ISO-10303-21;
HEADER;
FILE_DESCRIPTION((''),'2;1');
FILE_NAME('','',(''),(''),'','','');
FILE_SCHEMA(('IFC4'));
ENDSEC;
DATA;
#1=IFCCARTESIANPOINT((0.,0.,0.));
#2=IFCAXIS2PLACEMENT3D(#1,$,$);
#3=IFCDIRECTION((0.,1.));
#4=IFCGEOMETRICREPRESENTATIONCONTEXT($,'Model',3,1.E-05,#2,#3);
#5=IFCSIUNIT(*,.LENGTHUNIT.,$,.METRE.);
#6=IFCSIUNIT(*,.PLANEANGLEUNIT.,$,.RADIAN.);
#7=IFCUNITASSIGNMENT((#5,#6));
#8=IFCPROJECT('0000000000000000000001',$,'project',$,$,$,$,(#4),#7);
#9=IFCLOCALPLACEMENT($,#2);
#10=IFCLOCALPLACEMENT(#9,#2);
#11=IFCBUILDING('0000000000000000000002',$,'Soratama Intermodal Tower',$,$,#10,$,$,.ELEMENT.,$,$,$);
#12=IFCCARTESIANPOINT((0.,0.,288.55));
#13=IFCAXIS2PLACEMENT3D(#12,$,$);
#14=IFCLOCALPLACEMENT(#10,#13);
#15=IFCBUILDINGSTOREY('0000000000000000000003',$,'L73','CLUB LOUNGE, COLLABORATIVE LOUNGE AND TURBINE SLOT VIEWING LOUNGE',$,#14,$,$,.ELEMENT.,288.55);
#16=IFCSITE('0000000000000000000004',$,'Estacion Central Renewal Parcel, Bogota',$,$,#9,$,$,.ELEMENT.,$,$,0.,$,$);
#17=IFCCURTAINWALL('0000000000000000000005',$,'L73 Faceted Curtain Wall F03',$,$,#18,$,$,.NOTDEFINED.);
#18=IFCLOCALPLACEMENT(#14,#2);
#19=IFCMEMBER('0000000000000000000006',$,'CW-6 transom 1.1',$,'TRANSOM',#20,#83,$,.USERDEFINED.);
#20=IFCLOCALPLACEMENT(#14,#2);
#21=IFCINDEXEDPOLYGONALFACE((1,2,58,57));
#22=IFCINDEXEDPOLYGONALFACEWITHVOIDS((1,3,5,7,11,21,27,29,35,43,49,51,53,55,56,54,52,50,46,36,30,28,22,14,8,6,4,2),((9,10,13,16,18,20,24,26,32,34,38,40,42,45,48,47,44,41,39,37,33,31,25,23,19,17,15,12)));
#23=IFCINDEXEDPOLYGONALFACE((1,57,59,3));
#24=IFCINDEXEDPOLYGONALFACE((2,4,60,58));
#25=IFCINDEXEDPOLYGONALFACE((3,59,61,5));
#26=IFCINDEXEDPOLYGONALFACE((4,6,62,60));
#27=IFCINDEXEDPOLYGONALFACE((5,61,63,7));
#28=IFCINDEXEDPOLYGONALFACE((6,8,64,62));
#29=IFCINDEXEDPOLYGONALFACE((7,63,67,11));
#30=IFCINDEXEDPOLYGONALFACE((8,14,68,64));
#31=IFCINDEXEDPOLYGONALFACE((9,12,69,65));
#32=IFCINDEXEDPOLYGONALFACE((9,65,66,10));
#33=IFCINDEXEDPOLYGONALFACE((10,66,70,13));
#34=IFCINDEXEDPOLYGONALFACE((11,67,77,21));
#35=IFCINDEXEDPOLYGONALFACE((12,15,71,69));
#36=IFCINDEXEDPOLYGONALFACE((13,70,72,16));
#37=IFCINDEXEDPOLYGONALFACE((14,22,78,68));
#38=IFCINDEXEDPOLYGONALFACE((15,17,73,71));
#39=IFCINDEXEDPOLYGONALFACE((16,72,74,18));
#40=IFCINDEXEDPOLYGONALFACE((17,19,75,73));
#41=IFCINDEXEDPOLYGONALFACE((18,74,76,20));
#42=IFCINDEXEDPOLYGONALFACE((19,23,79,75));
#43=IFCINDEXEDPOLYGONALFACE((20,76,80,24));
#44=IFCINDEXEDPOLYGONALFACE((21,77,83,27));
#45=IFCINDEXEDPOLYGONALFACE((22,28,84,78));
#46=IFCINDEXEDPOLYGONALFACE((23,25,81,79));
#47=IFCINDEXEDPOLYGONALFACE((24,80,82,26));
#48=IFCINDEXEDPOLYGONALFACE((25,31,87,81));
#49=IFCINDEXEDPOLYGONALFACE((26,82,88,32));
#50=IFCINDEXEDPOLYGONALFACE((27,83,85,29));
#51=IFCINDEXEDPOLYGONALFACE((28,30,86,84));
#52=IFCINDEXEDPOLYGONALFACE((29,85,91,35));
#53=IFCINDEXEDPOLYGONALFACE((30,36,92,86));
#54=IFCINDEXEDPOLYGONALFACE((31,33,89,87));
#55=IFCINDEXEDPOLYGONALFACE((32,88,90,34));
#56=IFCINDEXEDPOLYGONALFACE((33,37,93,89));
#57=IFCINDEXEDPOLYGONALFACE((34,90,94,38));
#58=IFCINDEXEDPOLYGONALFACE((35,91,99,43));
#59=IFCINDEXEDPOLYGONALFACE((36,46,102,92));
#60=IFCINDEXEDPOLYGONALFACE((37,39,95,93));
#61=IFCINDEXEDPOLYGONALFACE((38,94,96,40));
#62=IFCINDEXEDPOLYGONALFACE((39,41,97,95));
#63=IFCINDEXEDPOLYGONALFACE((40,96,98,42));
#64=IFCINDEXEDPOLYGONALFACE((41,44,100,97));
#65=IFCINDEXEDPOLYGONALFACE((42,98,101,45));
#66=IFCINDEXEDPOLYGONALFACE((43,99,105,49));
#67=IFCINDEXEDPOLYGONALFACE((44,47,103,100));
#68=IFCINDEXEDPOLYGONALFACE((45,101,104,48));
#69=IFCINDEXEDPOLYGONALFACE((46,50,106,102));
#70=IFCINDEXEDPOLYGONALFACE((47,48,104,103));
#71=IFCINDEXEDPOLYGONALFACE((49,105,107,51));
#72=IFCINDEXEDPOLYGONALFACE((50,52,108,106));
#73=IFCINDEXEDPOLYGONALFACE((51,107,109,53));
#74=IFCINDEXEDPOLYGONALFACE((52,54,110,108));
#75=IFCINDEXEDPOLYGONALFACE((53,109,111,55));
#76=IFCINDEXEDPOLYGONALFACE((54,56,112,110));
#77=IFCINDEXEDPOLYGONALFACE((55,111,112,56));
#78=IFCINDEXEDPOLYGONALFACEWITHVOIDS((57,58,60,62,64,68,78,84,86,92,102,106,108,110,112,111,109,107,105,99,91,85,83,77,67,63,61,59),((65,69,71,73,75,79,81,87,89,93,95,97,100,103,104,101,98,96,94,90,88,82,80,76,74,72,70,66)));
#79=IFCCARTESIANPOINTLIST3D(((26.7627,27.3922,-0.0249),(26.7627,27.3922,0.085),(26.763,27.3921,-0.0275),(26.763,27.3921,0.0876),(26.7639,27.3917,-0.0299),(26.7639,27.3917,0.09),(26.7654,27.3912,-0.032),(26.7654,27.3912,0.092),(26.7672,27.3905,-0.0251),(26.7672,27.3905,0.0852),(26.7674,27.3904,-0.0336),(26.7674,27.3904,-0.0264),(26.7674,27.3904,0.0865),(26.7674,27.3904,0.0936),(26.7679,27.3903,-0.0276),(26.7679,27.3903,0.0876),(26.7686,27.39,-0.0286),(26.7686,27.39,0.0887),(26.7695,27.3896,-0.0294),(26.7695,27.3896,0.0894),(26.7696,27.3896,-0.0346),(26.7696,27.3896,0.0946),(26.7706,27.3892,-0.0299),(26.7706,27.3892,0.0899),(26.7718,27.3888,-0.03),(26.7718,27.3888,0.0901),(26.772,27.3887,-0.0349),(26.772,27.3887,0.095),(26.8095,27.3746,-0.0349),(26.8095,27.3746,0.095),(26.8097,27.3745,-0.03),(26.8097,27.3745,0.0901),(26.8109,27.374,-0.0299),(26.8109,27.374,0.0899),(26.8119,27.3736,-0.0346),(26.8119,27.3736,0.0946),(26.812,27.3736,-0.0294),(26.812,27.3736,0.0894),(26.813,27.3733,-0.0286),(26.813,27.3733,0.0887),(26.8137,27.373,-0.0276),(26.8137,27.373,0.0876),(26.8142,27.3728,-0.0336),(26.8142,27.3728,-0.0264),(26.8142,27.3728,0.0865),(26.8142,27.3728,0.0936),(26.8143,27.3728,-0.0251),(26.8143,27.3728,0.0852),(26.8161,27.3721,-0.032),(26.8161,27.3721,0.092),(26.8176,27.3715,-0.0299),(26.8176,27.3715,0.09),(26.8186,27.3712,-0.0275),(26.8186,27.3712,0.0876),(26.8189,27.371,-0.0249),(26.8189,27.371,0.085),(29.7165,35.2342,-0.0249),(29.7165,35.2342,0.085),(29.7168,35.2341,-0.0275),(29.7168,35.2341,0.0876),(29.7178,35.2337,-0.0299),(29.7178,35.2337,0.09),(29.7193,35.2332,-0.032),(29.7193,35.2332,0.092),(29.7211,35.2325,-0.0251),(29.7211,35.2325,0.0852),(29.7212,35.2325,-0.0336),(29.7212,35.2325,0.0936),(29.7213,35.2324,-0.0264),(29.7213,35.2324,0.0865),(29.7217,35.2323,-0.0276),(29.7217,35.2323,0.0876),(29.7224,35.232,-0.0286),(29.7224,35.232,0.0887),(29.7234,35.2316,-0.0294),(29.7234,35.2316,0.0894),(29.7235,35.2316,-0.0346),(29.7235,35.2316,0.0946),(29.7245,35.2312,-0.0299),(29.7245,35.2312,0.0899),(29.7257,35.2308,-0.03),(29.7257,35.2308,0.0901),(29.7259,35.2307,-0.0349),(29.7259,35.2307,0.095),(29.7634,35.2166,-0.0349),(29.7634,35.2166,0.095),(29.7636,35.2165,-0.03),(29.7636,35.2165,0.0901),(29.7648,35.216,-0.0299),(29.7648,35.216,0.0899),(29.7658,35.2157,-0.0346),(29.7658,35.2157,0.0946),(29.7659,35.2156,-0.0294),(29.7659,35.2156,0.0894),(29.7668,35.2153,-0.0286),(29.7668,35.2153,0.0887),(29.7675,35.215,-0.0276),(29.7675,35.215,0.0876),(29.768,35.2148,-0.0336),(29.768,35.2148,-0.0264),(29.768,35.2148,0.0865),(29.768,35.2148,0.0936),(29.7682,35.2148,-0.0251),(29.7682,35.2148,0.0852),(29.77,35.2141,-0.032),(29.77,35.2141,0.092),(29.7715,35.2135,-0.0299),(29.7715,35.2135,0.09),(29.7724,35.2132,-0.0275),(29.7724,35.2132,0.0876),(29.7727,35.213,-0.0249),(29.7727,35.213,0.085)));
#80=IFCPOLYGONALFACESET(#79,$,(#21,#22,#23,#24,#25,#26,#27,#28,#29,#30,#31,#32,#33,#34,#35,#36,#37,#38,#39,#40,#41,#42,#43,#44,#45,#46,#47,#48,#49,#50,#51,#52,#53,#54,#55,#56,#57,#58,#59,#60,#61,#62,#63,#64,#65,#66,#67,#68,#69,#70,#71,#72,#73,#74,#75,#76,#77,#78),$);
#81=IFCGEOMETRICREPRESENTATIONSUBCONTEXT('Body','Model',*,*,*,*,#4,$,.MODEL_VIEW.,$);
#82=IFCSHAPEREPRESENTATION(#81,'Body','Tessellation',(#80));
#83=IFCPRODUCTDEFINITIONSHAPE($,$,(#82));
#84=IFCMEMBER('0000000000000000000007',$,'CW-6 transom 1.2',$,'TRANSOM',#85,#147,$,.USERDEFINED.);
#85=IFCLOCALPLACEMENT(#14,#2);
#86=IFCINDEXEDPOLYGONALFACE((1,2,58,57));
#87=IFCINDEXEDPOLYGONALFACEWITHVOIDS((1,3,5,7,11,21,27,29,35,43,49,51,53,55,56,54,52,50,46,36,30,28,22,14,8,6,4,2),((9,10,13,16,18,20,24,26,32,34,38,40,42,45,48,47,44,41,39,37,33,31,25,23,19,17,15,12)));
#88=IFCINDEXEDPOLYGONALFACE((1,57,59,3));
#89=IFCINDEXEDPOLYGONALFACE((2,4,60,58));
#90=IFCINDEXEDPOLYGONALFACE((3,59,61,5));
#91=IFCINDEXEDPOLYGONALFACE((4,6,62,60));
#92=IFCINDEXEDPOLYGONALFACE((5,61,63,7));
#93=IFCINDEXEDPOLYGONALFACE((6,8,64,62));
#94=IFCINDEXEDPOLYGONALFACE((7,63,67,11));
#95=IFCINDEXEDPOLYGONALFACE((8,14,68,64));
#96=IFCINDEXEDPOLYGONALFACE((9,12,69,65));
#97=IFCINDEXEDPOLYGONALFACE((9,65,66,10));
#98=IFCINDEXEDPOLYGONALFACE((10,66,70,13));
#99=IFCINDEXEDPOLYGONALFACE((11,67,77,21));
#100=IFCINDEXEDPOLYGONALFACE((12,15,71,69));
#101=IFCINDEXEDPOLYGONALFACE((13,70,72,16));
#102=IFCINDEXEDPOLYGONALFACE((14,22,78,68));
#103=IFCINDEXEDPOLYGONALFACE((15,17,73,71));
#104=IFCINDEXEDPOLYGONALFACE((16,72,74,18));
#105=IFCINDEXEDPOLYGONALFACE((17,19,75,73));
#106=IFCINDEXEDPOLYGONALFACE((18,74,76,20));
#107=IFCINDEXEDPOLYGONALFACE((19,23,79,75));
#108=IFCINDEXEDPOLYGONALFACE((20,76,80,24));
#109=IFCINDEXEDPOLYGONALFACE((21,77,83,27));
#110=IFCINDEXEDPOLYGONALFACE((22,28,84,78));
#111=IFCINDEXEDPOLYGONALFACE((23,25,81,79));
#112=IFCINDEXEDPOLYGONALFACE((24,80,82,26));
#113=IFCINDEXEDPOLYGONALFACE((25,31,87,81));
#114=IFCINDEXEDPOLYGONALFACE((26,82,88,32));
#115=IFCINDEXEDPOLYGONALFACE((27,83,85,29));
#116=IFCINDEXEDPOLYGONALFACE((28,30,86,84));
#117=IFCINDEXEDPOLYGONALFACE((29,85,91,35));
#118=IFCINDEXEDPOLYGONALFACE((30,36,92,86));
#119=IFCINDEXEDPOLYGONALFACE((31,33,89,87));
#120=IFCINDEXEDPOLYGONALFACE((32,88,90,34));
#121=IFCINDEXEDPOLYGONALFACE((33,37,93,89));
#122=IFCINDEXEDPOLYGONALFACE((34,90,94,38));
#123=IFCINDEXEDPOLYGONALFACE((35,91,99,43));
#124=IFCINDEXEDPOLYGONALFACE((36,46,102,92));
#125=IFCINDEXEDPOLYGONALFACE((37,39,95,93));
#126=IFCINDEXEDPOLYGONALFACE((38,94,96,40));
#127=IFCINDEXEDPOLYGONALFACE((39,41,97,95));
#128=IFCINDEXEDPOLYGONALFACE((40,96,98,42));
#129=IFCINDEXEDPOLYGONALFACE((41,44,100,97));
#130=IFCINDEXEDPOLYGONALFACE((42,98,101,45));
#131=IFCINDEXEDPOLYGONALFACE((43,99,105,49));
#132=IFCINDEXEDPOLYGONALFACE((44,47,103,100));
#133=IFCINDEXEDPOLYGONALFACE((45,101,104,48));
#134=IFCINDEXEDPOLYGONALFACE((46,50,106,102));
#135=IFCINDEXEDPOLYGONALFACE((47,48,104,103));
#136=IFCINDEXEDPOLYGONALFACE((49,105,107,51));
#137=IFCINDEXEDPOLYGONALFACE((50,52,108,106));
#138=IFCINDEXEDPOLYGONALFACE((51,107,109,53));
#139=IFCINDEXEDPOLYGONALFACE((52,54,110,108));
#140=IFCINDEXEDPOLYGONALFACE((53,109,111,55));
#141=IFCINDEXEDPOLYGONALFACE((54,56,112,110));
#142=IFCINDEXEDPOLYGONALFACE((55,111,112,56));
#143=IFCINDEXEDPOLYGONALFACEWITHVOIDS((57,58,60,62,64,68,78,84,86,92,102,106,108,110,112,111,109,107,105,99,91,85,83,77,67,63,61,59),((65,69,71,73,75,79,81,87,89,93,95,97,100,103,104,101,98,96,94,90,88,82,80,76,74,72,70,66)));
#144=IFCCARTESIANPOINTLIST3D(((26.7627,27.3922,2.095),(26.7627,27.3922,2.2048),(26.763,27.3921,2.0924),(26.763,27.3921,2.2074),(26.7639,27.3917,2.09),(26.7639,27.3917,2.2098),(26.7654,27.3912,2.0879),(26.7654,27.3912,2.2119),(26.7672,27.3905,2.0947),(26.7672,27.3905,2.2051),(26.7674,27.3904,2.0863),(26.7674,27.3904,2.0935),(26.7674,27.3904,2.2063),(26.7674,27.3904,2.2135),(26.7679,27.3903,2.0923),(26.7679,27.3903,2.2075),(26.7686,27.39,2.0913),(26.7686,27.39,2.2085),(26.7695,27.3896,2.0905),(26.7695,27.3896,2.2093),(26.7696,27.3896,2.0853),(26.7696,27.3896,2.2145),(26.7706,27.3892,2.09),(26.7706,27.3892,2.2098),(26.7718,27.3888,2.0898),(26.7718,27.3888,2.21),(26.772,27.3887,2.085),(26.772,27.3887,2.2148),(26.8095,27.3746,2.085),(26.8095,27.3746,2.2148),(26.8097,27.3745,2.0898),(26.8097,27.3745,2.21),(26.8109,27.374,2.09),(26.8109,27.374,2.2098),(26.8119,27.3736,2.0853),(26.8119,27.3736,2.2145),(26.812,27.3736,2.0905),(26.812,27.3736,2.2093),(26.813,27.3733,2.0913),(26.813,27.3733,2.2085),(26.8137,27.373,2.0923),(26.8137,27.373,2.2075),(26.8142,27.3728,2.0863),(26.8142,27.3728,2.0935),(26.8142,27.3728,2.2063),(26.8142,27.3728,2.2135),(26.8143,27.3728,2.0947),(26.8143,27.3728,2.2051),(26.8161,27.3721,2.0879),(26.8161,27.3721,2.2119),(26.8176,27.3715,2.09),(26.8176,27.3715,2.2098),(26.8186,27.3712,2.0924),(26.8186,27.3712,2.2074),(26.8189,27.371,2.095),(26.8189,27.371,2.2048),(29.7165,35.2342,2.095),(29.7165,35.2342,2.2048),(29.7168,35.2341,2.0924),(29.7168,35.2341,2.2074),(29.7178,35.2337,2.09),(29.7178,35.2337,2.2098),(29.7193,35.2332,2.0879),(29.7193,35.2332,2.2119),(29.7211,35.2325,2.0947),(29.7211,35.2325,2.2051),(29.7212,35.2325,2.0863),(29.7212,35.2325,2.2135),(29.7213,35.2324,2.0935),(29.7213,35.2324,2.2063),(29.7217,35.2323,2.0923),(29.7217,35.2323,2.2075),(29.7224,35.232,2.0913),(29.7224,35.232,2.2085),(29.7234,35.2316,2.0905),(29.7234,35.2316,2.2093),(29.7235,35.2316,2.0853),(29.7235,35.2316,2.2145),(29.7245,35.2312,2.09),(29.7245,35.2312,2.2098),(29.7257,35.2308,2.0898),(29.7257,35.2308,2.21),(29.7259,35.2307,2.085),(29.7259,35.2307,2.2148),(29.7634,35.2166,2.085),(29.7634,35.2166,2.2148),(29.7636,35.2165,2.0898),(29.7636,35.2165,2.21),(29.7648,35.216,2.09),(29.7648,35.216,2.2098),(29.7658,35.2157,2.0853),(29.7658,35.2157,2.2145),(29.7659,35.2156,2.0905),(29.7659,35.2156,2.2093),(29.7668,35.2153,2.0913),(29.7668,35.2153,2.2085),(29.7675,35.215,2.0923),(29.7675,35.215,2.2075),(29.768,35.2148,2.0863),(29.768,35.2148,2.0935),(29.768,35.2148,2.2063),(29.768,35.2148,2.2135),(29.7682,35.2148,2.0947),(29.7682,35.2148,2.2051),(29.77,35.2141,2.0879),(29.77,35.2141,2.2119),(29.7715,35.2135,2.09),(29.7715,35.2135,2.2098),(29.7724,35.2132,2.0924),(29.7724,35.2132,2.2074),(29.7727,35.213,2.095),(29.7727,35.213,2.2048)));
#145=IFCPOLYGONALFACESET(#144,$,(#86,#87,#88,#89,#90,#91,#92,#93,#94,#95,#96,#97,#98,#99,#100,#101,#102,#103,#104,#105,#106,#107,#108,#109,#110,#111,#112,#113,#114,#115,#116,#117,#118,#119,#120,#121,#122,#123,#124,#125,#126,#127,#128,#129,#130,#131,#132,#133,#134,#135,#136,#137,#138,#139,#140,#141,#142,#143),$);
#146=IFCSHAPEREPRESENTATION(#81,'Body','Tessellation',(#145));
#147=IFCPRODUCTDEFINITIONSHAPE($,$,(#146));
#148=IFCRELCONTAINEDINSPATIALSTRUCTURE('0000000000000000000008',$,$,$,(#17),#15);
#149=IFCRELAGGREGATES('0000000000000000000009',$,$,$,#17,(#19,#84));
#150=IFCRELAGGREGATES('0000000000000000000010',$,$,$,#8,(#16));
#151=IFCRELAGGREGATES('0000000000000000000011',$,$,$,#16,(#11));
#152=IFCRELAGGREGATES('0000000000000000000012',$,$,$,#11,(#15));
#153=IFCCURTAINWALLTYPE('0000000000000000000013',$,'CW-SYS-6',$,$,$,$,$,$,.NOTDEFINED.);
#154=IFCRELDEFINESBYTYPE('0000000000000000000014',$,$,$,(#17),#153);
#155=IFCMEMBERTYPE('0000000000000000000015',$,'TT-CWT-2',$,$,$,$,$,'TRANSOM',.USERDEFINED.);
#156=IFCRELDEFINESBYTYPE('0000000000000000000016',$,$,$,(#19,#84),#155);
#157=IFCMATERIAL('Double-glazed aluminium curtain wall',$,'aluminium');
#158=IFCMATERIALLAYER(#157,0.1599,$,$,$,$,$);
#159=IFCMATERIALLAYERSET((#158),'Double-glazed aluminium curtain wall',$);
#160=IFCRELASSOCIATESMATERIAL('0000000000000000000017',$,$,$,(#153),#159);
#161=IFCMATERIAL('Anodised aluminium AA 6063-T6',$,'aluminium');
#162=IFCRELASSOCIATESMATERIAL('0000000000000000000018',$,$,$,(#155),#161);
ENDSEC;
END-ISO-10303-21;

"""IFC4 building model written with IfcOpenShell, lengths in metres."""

from ifc_helpers import new_model, si_unit, direction, frame, origin, origin_2d, place, context, subcontext, project, spatial, hollow_rectangle, extrude, material, layer, layer_set, material_profile, profile_set, type_object, element, aggregate, save


model = new_model("IFC4")

# Units and contexts
model_context = context("Model", 3, precision=1e-05, world=origin(), true_north=direction((0.0, 1.0)))
body_context = subcontext(model_context, "Body", "Model", "MODEL_VIEW")
ifc_project = project(units=[si_unit("LENGTHUNIT", "METRE"), si_unit("PLANEANGLEUNIT", "RADIAN")], contexts=[model_context])

# Site, building, storey
site_placement = place(None, origin())
site = spatial("IfcSite", under=ifc_project, at=site_placement, Name="Estacion Central Renewal Parcel, Bogota", CompositionType="ELEMENT", RefElevation=0.0)
building_placement = place(site_placement, origin())
building = spatial("IfcBuilding", under=site, at=building_placement, Name="Soratama Intermodal Tower", CompositionType="ELEMENT")
storey_placement = place(building_placement, frame((0.0, 0.0, 288.55)))
storey = spatial("IfcBuildingStorey", under=building, at=storey_placement, Name="L73", Description="CLUB LOUNGE, COLLABORATIVE LOUNGE AND TURBINE SLOT VIEWING LOUNGE", CompositionType="ELEMENT", Elevation=288.55)

# Shared definitions
ifc_material_1 = material(Name="Double-glazed aluminium curtain wall", Category="aluminium")
ifc_layer_1 = layer(ifc_material_1, 0.1599)
ifc_layer_set_1 = layer_set([ifc_layer_1], Name="Double-glazed aluminium curtain wall")
curtain_wall_type = type_object("IfcCurtainWallType", Name="CW-SYS-6", PredefinedType="NOTDEFINED", material=ifc_layer_set_1)

# Curtain wall, members
curtain_wall_1_placement = place(storey_placement, origin())
curtain_wall_1 = element("IfcCurtainWall", 1, at=curtain_wall_1_placement, inside=storey, type_object=curtain_wall_type, Name="L73 Faceted Curtain Wall F03", PredefinedType="NOTDEFINED")
ifc_material_2 = material(Name="Anodised aluminium AA 6063-T6", Category="aluminium")
ifc_material_profile_1 = material_profile(ifc_material_2, hollow_rectangle(XDim=0.0601, YDim=0.1299, WallThickness=0.0049, InnerFilletRadius=0.0049, OuterFilletRadius=0.01, at=origin_2d()), Name="CWT130X60X5")
ifc_profile_set_1 = profile_set([ifc_material_profile_1], Name="Anodised aluminium AA 6063-T6")
member_type_1 = type_object("IfcMemberType", Name="TT-CWT-2", ElementType="TRANSOM", PredefinedType="USERDEFINED", material=ifc_profile_set_1)
member_1_placement = place(storey_placement, frame((29.7446, 35.2236, 0.03), z_axis=(-0.352493, -0.935815, 0.0), x_axis=(0.935815, -0.352493, 0.0)))
member_1 = element("IfcMember", 2, at=member_1_placement, type_object=member_type_1, Name="CW-6 transom 1.1", ObjectType="TRANSOM", PredefinedType="USERDEFINED", context=body_context, shape_type="SweptSolid", body=[
    extrude(hollow_rectangle(XDim=0.0601, YDim=0.1299, WallThickness=0.0049, InnerFilletRadius=0.0049, OuterFilletRadius=0.01, at=origin_2d()), origin(), (0.0, 0.0, 1.0), 8.3799),
])
member_2_placement = place(storey_placement, frame((29.7446, 35.2236, 2.1499), z_axis=(-0.352493, -0.935815, 0.0), x_axis=(0.935815, -0.352493, 0.0)))
member_2 = element("IfcMember", 3, at=member_2_placement, type_object=member_type_1, Name="CW-6 transom 1.2", ObjectType="TRANSOM", PredefinedType="USERDEFINED", context=body_context, shape_type="SweptSolid", body=[
    extrude(hollow_rectangle(XDim=0.0601, YDim=0.1299, WallThickness=0.0049, InnerFilletRadius=0.0049, OuterFilletRadius=0.01, at=origin_2d()), origin(), (0.0, 0.0, 1.0), 8.3799),
])
aggregate(curtain_wall_1, [member_1, member_2])

save(model, "model.ifc")
